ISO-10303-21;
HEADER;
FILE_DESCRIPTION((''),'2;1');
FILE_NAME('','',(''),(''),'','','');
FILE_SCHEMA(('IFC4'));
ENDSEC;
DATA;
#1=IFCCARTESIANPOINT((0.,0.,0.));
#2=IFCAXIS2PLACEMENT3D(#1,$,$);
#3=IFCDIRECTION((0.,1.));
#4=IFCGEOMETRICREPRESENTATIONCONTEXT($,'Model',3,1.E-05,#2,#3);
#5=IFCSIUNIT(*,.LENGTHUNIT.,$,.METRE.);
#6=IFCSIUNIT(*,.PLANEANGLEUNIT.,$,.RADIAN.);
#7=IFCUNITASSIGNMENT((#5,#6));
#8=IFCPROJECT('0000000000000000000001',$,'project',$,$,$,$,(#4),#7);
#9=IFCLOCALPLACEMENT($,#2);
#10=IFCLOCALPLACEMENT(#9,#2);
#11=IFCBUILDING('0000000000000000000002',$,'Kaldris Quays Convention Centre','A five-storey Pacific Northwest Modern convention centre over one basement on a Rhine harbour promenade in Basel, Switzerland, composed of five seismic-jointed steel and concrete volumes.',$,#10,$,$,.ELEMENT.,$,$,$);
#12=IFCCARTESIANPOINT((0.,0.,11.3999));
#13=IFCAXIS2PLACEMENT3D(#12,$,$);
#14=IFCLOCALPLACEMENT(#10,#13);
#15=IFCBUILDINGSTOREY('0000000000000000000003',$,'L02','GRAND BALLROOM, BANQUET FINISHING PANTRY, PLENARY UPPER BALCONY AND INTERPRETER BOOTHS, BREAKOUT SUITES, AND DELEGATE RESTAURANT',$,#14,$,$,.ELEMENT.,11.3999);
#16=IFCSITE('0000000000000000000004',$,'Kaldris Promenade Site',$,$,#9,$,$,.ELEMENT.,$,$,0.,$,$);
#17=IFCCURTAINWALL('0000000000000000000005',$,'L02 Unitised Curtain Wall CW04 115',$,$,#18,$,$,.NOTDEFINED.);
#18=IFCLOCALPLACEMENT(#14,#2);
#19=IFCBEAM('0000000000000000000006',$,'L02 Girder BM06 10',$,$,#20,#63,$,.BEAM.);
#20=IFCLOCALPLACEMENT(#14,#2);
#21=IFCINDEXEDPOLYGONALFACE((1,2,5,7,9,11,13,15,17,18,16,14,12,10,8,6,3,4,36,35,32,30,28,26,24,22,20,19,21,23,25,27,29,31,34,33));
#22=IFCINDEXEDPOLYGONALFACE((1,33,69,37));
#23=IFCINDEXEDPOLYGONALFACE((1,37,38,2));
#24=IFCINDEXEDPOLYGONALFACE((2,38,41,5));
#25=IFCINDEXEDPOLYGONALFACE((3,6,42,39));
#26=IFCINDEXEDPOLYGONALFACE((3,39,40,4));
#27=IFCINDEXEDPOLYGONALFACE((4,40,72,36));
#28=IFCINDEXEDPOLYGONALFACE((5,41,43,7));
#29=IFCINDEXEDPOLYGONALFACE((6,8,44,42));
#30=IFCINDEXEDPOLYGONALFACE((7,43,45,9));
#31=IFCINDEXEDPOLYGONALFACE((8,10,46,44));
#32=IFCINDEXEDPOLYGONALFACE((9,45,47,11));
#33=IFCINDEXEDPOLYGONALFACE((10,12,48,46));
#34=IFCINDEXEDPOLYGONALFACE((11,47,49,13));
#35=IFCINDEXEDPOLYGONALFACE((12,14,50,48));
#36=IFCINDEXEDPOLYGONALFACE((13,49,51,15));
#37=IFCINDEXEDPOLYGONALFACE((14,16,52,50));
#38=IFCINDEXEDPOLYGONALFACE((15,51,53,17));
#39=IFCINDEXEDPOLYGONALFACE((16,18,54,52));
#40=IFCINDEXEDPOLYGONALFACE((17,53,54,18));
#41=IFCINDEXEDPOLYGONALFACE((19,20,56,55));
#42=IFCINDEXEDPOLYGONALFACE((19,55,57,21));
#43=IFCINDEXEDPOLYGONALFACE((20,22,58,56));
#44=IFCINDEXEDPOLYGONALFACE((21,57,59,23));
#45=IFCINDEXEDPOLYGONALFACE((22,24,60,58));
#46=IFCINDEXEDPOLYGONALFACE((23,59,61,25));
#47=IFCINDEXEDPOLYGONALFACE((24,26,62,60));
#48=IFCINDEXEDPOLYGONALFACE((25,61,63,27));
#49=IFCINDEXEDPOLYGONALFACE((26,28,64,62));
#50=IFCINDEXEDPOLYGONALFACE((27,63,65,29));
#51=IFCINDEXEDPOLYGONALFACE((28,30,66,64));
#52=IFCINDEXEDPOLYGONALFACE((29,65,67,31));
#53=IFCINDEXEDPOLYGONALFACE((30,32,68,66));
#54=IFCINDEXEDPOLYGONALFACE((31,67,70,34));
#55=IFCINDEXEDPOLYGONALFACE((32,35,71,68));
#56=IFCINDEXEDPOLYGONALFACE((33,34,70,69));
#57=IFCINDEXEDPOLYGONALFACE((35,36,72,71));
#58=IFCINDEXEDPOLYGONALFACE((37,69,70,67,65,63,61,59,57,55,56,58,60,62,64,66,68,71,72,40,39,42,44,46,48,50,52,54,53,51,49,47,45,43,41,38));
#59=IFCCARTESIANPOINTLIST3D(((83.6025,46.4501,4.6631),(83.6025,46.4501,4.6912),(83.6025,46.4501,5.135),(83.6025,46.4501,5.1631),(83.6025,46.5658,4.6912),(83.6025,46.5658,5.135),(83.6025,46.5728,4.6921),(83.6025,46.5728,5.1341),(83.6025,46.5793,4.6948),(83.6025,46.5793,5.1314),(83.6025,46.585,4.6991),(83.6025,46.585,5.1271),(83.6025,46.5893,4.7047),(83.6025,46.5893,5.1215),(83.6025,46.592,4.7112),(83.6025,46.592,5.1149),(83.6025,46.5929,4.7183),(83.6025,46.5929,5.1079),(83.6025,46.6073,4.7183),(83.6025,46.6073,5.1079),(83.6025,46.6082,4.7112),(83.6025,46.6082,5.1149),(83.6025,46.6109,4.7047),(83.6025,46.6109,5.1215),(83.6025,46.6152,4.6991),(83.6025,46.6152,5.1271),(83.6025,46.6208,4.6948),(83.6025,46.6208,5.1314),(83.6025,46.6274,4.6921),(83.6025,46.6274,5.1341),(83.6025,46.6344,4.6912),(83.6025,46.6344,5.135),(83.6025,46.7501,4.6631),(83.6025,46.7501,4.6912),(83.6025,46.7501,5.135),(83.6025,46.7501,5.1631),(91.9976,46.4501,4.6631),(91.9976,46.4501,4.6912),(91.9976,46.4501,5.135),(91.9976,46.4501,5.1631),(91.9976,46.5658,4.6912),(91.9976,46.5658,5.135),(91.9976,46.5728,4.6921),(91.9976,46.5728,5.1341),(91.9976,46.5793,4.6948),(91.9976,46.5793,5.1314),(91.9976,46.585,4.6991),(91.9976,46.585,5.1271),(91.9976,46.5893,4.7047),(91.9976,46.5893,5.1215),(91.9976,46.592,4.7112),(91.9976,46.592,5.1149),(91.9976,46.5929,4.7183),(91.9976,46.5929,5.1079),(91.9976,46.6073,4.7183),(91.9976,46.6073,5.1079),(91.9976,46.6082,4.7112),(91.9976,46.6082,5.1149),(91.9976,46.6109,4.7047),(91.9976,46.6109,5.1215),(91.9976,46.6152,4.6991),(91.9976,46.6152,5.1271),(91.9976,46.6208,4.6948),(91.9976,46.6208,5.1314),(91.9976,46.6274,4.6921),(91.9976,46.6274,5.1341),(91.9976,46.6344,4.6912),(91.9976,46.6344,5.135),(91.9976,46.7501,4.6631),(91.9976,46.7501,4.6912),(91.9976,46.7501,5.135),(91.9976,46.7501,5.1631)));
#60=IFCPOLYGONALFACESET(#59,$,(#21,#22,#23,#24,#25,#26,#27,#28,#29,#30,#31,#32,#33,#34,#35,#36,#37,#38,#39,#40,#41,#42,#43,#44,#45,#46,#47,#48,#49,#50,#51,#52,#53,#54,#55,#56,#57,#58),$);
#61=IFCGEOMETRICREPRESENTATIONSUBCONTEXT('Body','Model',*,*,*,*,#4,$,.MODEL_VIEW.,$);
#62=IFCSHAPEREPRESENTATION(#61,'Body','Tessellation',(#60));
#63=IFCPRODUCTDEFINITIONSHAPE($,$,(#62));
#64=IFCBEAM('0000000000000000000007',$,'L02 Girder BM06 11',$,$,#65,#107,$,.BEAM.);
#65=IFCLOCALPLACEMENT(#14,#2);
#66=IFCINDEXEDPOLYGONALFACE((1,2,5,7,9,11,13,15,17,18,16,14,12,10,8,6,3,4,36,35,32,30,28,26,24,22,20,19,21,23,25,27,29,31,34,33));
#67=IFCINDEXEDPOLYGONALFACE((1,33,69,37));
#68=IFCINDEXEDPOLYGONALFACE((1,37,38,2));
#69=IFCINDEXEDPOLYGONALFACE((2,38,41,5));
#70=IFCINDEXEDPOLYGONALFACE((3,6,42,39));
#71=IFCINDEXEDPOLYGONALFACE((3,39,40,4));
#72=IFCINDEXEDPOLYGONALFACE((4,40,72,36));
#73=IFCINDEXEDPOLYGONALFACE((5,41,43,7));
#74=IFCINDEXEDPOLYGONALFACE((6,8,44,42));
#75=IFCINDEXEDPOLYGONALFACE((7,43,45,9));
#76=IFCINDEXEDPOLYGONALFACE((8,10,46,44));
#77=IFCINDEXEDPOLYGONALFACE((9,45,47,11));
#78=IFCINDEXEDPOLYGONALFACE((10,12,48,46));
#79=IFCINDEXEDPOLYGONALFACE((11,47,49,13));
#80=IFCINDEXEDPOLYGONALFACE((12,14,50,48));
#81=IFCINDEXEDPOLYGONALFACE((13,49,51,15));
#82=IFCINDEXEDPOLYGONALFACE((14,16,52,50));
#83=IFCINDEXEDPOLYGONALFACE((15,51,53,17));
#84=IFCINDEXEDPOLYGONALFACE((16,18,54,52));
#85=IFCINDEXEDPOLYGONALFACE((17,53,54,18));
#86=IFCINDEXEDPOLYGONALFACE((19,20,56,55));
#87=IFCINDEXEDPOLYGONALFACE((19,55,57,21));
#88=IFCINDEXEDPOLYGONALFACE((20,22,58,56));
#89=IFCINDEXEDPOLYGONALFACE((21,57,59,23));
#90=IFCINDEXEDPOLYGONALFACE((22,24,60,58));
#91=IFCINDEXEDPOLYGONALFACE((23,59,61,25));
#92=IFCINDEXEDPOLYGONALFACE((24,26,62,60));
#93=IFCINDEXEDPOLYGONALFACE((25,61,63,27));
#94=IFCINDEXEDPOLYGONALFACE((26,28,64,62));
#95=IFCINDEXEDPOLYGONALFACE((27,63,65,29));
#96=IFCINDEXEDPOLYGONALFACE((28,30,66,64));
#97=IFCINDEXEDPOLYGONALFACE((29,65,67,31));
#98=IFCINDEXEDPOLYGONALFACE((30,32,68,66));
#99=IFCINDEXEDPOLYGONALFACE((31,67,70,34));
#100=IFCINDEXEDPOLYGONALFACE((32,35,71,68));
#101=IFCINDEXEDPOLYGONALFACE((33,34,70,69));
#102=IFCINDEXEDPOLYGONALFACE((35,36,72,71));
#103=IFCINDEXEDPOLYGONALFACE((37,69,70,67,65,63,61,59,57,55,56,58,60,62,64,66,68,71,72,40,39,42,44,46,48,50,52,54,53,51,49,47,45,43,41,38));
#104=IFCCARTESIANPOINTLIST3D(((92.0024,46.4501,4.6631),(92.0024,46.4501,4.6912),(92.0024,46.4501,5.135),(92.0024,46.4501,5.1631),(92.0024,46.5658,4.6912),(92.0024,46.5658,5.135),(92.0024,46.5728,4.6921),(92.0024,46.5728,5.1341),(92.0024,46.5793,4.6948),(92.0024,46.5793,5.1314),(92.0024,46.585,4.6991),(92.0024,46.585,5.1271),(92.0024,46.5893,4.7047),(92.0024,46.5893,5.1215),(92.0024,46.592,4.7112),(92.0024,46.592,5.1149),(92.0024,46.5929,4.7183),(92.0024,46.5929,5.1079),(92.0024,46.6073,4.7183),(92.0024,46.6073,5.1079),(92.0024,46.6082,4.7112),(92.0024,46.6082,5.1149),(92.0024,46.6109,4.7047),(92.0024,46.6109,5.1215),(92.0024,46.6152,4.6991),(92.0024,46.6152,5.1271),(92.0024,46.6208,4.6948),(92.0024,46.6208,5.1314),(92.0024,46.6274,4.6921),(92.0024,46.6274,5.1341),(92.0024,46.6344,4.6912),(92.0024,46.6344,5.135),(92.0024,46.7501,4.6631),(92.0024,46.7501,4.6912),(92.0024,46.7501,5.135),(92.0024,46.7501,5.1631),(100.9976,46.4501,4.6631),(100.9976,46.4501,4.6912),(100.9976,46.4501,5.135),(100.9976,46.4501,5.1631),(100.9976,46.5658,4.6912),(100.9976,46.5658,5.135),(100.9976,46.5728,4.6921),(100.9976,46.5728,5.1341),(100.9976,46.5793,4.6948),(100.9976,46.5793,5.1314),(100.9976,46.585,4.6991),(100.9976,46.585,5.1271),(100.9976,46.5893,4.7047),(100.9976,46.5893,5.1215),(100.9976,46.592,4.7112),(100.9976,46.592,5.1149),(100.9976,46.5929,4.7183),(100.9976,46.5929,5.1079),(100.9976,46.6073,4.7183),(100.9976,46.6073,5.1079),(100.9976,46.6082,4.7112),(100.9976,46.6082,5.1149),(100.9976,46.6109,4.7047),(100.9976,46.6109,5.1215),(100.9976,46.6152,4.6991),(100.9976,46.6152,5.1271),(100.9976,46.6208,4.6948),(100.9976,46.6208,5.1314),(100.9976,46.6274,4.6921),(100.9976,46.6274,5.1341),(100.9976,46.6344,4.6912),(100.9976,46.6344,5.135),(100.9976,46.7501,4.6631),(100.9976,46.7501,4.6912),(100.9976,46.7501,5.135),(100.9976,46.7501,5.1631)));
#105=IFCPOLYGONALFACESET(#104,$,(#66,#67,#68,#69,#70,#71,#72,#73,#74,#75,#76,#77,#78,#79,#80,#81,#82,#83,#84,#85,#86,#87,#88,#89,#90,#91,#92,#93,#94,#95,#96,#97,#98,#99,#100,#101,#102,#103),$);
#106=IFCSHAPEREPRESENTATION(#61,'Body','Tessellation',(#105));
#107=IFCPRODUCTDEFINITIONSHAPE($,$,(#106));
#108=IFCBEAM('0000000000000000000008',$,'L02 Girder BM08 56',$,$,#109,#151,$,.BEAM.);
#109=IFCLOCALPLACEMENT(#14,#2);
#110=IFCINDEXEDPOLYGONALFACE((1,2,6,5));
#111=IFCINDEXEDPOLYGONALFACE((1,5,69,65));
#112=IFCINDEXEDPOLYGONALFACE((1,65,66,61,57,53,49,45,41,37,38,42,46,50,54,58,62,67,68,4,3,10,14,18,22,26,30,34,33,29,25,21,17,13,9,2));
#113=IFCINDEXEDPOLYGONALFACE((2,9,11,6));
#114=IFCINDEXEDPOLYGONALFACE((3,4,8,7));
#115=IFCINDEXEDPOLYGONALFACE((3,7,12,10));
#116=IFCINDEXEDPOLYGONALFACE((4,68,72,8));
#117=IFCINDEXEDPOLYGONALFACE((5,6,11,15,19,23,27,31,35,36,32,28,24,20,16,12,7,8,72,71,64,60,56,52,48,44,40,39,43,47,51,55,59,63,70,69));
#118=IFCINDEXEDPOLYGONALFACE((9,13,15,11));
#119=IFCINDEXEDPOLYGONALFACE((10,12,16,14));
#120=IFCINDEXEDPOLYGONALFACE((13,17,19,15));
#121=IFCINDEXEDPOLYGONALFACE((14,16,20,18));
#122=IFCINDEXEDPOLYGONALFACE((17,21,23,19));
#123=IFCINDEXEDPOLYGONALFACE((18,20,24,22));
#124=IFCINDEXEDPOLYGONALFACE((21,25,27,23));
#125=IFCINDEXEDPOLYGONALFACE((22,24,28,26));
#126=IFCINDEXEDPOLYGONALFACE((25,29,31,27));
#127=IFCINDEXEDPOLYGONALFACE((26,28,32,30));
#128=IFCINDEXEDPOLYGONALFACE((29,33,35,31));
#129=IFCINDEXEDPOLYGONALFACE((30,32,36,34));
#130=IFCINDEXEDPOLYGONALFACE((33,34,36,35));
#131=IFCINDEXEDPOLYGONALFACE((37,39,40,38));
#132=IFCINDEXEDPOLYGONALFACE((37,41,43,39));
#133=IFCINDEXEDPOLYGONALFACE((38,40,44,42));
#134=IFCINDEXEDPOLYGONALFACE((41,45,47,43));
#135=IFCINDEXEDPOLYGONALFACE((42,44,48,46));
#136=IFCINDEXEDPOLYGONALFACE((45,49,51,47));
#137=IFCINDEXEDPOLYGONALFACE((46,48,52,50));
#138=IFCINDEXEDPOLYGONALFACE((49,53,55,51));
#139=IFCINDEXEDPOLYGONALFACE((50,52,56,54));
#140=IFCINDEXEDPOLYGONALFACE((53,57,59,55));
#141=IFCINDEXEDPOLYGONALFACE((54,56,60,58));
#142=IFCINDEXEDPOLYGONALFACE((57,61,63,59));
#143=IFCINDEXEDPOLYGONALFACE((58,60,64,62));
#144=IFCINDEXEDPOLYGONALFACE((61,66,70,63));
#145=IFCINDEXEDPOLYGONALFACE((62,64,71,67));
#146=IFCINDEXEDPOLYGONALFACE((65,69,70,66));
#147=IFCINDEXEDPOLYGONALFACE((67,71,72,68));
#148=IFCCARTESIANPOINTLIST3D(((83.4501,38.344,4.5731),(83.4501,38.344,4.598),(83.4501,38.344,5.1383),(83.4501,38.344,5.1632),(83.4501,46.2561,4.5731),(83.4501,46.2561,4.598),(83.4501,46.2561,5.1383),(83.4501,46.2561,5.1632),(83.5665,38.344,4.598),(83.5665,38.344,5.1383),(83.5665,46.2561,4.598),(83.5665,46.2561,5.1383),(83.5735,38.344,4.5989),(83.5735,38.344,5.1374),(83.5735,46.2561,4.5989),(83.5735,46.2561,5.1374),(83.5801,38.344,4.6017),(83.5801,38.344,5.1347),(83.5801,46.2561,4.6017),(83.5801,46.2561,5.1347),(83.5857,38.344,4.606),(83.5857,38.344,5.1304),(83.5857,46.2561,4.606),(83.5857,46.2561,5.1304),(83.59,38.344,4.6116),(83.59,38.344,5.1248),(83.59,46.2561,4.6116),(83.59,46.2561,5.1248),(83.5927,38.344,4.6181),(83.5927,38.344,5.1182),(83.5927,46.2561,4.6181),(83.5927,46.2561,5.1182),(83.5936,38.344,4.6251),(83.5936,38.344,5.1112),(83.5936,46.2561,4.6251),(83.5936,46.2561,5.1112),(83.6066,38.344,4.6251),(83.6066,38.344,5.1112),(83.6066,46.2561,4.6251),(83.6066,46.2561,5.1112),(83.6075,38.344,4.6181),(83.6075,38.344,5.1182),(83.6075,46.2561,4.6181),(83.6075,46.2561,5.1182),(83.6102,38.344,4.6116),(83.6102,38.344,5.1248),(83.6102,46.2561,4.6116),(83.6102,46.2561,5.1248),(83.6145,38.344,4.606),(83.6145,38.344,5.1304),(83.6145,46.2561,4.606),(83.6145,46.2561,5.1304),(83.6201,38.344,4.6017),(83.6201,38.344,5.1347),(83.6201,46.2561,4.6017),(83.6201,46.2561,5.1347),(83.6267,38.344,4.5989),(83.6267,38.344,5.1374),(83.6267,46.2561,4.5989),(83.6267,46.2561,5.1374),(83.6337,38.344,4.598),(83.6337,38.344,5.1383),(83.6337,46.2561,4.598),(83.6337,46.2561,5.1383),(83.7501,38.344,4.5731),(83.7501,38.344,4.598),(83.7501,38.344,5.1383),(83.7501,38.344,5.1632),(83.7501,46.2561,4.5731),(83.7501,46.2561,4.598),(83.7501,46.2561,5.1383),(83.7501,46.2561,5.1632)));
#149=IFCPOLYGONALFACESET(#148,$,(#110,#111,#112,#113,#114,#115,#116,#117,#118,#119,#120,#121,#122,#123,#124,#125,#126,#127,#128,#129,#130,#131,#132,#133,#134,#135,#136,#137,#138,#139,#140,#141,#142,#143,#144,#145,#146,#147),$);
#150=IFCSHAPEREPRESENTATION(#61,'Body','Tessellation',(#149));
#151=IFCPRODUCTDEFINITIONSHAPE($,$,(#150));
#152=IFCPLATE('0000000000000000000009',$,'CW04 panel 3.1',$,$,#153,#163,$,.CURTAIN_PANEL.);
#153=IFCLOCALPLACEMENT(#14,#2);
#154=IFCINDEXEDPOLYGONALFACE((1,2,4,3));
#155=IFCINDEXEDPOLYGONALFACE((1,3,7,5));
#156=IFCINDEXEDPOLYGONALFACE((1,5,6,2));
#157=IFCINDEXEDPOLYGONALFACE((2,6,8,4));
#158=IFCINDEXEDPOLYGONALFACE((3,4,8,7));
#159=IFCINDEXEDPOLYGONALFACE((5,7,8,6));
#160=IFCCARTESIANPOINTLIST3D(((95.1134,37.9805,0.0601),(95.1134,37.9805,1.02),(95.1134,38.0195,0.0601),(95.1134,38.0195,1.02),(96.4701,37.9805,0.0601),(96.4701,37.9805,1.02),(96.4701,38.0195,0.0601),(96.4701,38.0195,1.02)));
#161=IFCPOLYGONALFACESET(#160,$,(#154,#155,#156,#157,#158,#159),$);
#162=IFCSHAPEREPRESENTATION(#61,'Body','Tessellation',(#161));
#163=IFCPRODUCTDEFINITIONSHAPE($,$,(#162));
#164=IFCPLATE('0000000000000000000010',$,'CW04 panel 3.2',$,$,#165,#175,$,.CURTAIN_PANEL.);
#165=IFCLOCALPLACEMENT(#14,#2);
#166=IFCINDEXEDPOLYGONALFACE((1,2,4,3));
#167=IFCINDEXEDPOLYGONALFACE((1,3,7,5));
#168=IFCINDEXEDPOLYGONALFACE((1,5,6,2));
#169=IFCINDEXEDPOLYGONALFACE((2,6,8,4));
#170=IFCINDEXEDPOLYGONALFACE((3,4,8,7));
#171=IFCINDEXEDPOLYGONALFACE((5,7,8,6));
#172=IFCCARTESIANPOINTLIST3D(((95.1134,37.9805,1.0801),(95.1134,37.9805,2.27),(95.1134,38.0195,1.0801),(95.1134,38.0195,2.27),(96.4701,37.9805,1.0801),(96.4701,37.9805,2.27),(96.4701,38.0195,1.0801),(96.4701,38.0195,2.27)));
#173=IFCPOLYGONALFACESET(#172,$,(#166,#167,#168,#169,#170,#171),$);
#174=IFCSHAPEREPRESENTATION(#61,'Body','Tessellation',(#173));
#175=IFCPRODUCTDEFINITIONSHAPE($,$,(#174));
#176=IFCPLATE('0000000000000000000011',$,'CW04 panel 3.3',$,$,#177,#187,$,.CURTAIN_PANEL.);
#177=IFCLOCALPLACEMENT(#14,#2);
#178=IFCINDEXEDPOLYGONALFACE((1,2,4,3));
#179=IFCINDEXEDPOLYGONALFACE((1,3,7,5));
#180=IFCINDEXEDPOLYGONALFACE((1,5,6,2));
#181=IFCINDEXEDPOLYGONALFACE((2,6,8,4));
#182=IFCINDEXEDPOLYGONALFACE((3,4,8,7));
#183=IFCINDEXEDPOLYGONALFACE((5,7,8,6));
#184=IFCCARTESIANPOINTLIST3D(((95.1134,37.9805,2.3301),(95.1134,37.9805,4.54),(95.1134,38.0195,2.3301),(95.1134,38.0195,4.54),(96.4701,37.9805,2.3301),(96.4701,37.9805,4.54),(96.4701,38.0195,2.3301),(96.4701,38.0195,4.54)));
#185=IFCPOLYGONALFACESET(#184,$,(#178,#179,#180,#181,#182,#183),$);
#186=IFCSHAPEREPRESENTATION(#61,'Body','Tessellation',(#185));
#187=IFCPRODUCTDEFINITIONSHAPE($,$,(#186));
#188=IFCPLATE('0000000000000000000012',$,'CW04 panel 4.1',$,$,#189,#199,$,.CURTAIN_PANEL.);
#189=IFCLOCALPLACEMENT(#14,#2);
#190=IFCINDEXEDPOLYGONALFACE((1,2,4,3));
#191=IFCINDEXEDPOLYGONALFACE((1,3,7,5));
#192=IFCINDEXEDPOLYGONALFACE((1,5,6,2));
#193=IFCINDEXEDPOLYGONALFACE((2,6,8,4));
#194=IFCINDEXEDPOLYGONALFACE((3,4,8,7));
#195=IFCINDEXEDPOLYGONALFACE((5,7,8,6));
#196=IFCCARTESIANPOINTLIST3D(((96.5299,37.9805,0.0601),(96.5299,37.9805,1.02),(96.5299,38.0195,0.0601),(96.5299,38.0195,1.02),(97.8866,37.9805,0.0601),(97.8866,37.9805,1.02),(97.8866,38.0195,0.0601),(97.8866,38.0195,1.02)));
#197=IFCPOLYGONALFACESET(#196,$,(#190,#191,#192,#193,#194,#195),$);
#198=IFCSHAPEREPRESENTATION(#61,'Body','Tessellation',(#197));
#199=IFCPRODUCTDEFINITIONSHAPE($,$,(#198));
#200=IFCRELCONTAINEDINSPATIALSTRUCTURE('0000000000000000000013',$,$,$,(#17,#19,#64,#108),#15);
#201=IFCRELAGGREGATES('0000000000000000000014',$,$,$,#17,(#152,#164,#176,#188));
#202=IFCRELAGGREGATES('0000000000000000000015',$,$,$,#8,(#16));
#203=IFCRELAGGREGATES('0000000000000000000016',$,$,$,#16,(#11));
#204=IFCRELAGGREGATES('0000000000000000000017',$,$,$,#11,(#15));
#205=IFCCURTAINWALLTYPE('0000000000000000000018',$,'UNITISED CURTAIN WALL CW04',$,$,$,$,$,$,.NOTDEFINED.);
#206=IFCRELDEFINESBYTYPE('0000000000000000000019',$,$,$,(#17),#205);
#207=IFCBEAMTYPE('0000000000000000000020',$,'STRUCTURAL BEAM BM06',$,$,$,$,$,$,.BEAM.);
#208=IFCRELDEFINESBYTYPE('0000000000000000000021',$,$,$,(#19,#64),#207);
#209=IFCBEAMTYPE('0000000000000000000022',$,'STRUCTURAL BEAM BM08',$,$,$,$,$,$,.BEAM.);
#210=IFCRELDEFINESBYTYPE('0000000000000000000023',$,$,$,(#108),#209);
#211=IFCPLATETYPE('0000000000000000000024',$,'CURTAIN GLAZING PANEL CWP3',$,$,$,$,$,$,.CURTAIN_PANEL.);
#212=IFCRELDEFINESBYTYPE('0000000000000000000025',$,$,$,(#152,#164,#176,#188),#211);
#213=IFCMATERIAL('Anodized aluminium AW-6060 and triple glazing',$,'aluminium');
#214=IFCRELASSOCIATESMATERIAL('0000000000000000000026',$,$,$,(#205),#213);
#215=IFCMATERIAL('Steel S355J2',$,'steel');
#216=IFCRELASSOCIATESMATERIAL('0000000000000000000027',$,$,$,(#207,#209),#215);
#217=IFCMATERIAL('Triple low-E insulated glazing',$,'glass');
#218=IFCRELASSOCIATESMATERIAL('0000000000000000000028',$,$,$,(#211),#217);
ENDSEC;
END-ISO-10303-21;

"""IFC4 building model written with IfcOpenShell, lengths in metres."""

from ifc_helpers import new_model, si_unit, direction, frame, origin, origin_2d, place, context, subcontext, project, spatial, rectangle, i_section, extrude, material, material_profile, profile_set, type_object, element, aggregate, save


model = new_model("IFC4")

# Units and contexts
model_context = context("Model", 3, precision=1e-05, world=origin(), true_north=direction((0.0, 1.0)))
body_context = subcontext(model_context, "Body", "Model", "MODEL_VIEW")
ifc_project = project(units=[si_unit("LENGTHUNIT", "METRE"), si_unit("PLANEANGLEUNIT", "RADIAN")], contexts=[model_context])

# Site, building, storey
site_placement = place(None, origin())
site = spatial("IfcSite", under=ifc_project, at=site_placement, Name="Kaldris Promenade Site", CompositionType="ELEMENT", RefElevation=0.0)
building_placement = place(site_placement, origin())
building = spatial("IfcBuilding", under=site, at=building_placement, Name="Kaldris Quays Convention Centre", Description="A five-storey Pacific Northwest Modern convention centre over one basement on a Rhine harbour promenade in Basel, Switzerland, composed of five seismic-jointed steel and concrete volumes.", CompositionType="ELEMENT")
storey_placement = place(building_placement, frame((0.0, 0.0, 11.3999)))
storey = spatial("IfcBuildingStorey", under=building, at=storey_placement, Name="L02", Description="GRAND BALLROOM, BANQUET FINISHING PANTRY, PLENARY UPPER BALCONY AND INTERPRETER BOOTHS, BREAKOUT SUITES, AND DELEGATE RESTAURANT", CompositionType="ELEMENT", Elevation=11.3999)

# Shared definitions
ifc_material_1 = material(Name="Steel S355J2", Category="steel")

# Curtain wall
ifc_material_2 = material(Name="Anodized aluminium AW-6060 and triple glazing", Category="aluminium")
curtain_wall_type = type_object("IfcCurtainWallType", Name="UNITISED CURTAIN WALL CW04", PredefinedType="NOTDEFINED", material=ifc_material_2)
curtain_wall_placement = place(storey_placement, origin())
curtain_wall = element("IfcCurtainWall", 1, at=curtain_wall_placement, inside=storey, type_object=curtain_wall_type, Name="L02 Unitised Curtain Wall CW04 115", PredefinedType="NOTDEFINED")

# Beams
ifc_material_profile_1 = material_profile(ifc_material_1, i_section(OverallWidth=0.3, OverallDepth=0.5, WebThickness=0.0144, FlangeThickness=0.0281, FilletRadius=0.0271, at=origin_2d()), Name="HEB 500")
ifc_profile_set_1 = profile_set([ifc_material_profile_1], Name="Steel S355J2")
beam_type_1 = type_object("IfcBeamType", Name="STRUCTURAL BEAM BM06", PredefinedType="BEAM", material=ifc_profile_set_1)
beam_1_placement = place(storey_placement, frame((83.6025, 46.6001, 4.9131), z_axis=(1.0, 0.0, 0.0), x_axis=(0.0, 1.0, 0.0)))
element("IfcBeam", 2, at=beam_1_placement, inside=storey, type_object=beam_type_1, Name="L02 Girder BM06 10", PredefinedType="BEAM", context=body_context, shape_type="SweptSolid", body=[
    extrude(i_section(OverallWidth=0.3, OverallDepth=0.5, WebThickness=0.0144, FlangeThickness=0.0281, FilletRadius=0.0271, at=origin_2d()), origin(), (0.0, 0.0, 1.0), 8.395),
])
beam_2_placement = place(storey_placement, frame((92.0024, 46.6001, 4.9131), z_axis=(1.0, 0.0, 0.0), x_axis=(0.0, 1.0, 0.0)))
element("IfcBeam", 3, at=beam_2_placement, inside=storey, type_object=beam_type_1, Name="L02 Girder BM06 11", PredefinedType="BEAM", context=body_context, shape_type="SweptSolid", body=[
    extrude(i_section(OverallWidth=0.3, OverallDepth=0.5, WebThickness=0.0144, FlangeThickness=0.0281, FilletRadius=0.0271, at=origin_2d()), origin(), (0.0, 0.0, 1.0), 8.9951),
])
ifc_material_profile_2 = material_profile(ifc_material_1, i_section(OverallWidth=0.3, OverallDepth=0.5901, WebThickness=0.0129, FlangeThickness=0.0249, FilletRadius=0.0271, at=origin_2d()), Name="HEA 600")
ifc_profile_set_2 = profile_set([ifc_material_profile_2], Name="Steel S355J2")
beam_type_2 = type_object("IfcBeamType", Name="STRUCTURAL BEAM BM08", PredefinedType="BEAM", material=ifc_profile_set_2)
beam_3_placement = place(storey_placement, frame((83.6001, 38.344, 4.8682), z_axis=(0.0, 1.0, 0.0), x_axis=(-1.0, 0.0, 0.0)))
element("IfcBeam", 4, at=beam_3_placement, inside=storey, type_object=beam_type_2, Name="L02 Girder BM08 56", PredefinedType="BEAM", context=body_context, shape_type="SweptSolid", body=[
    extrude(i_section(OverallWidth=0.3, OverallDepth=0.5901, WebThickness=0.0129, FlangeThickness=0.0249, FilletRadius=0.0271, at=origin_2d()), origin(), (0.0, 0.0, 1.0), 7.9121),
])

# Plates
ifc_material_3 = material(Name="Triple low-E insulated glazing", Category="glass")
plate_type = type_object("IfcPlateType", Name="CURTAIN GLAZING PANEL CWP3", PredefinedType="CURTAIN_PANEL", material=ifc_material_3)
plate_1_placement = place(storey_placement, frame((95.7917, 38.0, 0.0601), z_axis=(0.0, 0.0, 1.0), x_axis=(1.0, 0.0, 0.0)))
plate_1 = element("IfcPlate", 5, at=plate_1_placement, type_object=plate_type, Name="CW04 panel 3.1", PredefinedType="CURTAIN_PANEL", context=body_context, shape_type="SweptSolid", body=[
    extrude(rectangle(XDim=1.3567, YDim=0.0391, at=origin_2d()), origin(), (0.0, 0.0, 1.0), 0.96),
])
plate_2_placement = place(storey_placement, frame((95.7917, 38.0, 1.0801), z_axis=(0.0, 0.0, 1.0), x_axis=(1.0, 0.0, 0.0)))
plate_2 = element("IfcPlate", 6, at=plate_2_placement, type_object=plate_type, Name="CW04 panel 3.2", PredefinedType="CURTAIN_PANEL", context=body_context, shape_type="SweptSolid", body=[
    extrude(rectangle(XDim=1.3567, YDim=0.0391, at=origin_2d()), origin(), (0.0, 0.0, 1.0), 1.1899),
])
plate_3_placement = place(storey_placement, frame((95.7917, 38.0, 2.3301), z_axis=(0.0, 0.0, 1.0), x_axis=(1.0, 0.0, 0.0)))
plate_3 = element("IfcPlate", 7, at=plate_3_placement, type_object=plate_type, Name="CW04 panel 3.3", PredefinedType="CURTAIN_PANEL", context=body_context, shape_type="SweptSolid", body=[
    extrude(rectangle(XDim=1.3567, YDim=0.0391, at=origin_2d()), origin(), (0.0, 0.0, 1.0), 2.21),
])
plate_4_placement = place(storey_placement, frame((97.2083, 38.0, 0.0601), z_axis=(0.0, 0.0, 1.0), x_axis=(1.0, 0.0, 0.0)))
plate_4 = element("IfcPlate", 8, at=plate_4_placement, type_object=plate_type, Name="CW04 panel 4.1", PredefinedType="CURTAIN_PANEL", context=body_context, shape_type="SweptSolid", body=[
    extrude(rectangle(XDim=1.3567, YDim=0.0391, at=origin_2d()), origin(), (0.0, 0.0, 1.0), 0.96),
])
aggregate(curtain_wall, [plate_1, plate_2, plate_3, plate_4])

save(model, "model.ifc")
